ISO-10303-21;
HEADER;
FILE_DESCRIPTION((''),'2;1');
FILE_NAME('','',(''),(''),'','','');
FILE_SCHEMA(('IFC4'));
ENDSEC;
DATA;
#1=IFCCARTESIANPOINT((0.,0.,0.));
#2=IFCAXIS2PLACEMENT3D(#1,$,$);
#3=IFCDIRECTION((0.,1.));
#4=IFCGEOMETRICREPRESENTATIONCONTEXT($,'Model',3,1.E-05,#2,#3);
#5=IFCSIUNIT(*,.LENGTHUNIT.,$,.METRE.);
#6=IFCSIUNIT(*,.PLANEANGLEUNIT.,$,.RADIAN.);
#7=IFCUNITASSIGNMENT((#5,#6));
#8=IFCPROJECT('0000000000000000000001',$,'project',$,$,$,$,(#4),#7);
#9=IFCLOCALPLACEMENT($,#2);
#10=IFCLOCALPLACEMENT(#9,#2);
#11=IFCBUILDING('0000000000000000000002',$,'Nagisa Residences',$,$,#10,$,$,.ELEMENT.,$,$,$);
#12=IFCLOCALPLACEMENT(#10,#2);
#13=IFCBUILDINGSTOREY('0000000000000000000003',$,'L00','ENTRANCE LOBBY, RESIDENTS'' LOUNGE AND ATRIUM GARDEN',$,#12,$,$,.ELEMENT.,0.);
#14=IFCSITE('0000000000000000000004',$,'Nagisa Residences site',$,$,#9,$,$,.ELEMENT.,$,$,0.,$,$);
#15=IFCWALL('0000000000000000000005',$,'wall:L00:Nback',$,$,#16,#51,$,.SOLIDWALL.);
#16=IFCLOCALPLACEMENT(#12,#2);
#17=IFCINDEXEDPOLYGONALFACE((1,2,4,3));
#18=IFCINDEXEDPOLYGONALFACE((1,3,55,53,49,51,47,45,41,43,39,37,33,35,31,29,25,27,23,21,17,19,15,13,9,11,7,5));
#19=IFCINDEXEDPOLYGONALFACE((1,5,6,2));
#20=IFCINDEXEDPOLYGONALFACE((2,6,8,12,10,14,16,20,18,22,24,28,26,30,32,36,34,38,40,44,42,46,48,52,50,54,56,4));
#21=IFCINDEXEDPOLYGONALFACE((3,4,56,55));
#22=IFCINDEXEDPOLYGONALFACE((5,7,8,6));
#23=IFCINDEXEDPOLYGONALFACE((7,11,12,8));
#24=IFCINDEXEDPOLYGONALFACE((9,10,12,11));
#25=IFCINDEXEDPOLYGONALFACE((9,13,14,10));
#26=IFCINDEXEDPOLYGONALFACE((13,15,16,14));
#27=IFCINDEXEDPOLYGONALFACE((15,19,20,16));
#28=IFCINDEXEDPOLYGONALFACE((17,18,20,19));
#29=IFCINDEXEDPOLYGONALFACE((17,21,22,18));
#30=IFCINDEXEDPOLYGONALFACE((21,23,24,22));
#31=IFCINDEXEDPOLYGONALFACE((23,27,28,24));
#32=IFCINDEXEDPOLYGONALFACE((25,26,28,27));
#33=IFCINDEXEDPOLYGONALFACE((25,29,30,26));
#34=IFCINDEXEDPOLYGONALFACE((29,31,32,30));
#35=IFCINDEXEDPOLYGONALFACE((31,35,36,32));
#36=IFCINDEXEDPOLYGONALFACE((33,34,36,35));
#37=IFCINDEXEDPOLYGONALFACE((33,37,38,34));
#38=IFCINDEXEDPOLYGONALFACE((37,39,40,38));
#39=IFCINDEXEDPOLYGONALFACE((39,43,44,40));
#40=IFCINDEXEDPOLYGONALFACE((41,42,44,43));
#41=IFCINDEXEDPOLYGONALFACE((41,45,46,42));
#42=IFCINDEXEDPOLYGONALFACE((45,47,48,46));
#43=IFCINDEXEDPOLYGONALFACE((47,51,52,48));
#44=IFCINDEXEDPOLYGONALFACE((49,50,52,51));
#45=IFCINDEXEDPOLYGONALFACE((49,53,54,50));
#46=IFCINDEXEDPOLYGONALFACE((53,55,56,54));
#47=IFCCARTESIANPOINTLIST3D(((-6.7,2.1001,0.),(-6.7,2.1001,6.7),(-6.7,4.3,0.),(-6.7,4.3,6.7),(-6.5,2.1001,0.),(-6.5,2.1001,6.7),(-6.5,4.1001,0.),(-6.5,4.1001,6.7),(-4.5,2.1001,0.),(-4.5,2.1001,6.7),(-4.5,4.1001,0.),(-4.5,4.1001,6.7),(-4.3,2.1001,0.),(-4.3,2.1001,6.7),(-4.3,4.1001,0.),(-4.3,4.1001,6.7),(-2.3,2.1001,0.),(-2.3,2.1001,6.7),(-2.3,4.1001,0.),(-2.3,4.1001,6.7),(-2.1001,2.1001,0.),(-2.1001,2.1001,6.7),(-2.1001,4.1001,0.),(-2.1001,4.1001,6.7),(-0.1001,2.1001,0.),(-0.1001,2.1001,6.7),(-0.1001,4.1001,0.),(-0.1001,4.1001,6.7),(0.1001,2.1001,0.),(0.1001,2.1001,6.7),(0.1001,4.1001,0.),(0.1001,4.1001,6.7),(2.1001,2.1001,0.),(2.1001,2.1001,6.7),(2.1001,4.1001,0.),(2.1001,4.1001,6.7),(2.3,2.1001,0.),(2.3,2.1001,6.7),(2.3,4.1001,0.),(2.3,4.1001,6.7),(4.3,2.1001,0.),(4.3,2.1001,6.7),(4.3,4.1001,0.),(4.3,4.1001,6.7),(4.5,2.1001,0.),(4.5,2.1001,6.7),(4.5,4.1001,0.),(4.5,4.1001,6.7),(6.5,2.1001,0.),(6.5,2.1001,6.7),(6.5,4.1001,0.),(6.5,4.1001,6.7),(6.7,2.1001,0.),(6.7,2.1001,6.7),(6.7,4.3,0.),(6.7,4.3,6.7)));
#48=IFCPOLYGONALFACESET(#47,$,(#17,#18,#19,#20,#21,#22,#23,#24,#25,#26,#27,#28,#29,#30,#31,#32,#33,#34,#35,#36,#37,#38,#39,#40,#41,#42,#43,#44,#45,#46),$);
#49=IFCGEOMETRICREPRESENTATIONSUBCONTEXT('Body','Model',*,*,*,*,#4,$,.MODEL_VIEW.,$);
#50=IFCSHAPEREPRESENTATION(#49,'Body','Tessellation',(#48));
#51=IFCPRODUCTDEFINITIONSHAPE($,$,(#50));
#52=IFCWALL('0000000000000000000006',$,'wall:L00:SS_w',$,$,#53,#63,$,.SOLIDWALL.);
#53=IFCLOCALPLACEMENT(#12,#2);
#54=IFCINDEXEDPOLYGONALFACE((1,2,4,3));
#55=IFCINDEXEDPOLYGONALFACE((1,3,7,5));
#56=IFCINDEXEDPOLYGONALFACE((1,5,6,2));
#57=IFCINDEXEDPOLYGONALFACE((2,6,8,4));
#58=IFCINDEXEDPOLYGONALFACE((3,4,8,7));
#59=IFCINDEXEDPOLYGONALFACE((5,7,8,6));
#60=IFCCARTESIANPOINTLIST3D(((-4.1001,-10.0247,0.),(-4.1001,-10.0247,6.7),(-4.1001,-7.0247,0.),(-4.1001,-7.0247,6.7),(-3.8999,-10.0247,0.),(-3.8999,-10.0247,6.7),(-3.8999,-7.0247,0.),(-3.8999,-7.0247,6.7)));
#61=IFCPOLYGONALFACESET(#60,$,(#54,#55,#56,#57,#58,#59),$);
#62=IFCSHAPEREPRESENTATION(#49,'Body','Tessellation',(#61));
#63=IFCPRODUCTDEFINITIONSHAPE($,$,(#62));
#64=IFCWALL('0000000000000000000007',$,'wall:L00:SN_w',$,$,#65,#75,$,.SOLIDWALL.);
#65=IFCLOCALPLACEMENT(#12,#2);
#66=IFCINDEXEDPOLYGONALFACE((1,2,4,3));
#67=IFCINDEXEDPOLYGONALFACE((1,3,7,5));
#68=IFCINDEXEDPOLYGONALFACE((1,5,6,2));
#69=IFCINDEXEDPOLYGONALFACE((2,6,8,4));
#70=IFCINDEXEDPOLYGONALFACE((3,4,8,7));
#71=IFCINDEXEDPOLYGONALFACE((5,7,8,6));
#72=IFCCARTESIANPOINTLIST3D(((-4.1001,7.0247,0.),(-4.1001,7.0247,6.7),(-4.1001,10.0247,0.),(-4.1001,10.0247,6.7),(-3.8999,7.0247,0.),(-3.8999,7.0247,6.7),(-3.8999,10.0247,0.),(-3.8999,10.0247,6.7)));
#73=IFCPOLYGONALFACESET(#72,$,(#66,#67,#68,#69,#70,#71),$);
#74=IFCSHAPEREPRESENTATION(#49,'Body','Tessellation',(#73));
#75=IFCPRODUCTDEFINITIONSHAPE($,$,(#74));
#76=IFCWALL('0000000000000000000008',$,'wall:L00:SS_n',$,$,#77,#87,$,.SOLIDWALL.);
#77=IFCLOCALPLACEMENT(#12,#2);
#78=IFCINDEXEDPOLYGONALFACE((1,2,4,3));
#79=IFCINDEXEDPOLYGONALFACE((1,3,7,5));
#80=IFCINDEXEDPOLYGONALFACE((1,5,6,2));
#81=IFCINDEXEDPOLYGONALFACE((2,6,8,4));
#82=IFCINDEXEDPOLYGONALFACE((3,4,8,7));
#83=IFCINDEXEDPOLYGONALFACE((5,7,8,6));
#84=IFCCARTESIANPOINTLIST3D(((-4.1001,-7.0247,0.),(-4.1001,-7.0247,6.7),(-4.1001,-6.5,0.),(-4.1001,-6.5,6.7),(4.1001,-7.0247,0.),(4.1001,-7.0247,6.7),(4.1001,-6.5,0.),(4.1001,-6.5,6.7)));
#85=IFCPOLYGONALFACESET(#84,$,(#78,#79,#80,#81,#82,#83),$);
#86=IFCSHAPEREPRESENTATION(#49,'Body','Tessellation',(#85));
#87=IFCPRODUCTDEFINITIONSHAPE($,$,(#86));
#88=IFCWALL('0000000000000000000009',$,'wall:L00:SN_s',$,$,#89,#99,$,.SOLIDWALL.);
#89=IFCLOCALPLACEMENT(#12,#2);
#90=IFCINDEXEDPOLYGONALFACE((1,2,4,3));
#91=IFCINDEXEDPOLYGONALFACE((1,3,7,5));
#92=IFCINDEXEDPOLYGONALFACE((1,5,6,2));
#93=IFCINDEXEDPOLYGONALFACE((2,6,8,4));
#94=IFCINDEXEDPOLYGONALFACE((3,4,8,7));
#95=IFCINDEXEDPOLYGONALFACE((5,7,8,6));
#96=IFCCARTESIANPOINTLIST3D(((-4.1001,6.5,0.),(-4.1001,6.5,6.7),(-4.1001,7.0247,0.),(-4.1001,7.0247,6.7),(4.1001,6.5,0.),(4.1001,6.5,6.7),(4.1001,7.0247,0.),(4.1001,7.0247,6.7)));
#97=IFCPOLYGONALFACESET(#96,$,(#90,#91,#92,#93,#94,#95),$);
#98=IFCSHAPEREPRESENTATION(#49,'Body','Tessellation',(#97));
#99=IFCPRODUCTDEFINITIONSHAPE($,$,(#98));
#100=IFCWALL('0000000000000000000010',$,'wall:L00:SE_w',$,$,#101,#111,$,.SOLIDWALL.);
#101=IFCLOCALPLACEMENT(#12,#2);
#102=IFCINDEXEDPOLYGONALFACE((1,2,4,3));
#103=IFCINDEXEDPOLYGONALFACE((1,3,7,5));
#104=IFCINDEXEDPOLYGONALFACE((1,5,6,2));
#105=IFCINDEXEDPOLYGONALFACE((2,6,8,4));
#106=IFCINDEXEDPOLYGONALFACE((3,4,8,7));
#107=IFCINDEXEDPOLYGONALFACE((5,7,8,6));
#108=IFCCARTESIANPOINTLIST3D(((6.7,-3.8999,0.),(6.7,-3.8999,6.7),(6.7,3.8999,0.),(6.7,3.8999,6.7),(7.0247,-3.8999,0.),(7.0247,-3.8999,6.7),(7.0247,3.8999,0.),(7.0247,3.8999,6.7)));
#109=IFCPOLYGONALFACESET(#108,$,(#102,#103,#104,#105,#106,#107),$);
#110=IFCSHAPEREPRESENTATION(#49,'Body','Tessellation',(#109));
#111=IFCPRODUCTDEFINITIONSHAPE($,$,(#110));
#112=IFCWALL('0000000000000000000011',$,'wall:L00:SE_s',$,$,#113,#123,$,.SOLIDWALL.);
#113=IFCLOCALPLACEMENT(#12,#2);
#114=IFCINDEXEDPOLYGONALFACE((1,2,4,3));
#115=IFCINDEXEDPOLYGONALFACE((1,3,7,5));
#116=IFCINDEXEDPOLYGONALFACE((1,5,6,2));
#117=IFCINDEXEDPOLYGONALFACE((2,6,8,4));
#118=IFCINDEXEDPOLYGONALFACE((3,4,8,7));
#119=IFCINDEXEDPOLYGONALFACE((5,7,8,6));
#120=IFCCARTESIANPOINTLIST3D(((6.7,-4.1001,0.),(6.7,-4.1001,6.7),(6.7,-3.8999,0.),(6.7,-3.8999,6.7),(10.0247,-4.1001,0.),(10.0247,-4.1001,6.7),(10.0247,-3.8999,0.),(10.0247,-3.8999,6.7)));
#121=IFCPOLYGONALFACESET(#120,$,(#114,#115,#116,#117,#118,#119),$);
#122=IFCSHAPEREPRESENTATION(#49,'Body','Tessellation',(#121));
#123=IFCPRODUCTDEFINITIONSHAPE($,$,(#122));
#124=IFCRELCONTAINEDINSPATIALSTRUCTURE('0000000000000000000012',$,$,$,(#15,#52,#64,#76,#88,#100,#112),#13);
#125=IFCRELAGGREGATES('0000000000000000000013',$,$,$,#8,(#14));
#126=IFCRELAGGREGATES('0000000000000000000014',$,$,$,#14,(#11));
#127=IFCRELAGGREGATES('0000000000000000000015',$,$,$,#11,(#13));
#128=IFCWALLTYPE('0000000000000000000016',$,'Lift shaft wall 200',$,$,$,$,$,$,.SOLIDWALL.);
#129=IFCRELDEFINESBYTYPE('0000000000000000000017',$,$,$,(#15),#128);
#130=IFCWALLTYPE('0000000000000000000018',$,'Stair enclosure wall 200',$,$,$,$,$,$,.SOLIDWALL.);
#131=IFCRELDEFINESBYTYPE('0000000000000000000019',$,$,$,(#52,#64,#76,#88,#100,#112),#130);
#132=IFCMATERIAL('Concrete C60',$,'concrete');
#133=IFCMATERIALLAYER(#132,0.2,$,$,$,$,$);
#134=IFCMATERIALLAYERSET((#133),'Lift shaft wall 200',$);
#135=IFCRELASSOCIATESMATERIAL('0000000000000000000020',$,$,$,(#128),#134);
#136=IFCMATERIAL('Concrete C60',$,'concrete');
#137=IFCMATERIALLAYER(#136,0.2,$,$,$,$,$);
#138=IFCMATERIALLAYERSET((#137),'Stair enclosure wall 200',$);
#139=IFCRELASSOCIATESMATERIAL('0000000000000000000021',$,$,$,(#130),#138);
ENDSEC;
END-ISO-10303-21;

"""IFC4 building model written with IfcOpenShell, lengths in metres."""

from ifc_helpers import new_model, si_unit, direction, origin, place, context, subcontext, project, spatial, polyline, outline, extrude, material, layer, layer_set, type_object, element, save


model = new_model("IFC4")

# Units and contexts
model_context = context("Model", 3, precision=1e-05, world=origin(), true_north=direction((0.0, 1.0)))
body_context = subcontext(model_context, "Body", "Model", "MODEL_VIEW")
ifc_project = project(units=[si_unit("LENGTHUNIT", "METRE"), si_unit("PLANEANGLEUNIT", "RADIAN")], contexts=[model_context])

# Site, building, storey
site_placement = place(None, origin())
site = spatial("IfcSite", under=ifc_project, at=site_placement, Name="Nagisa Residences site", CompositionType="ELEMENT", RefElevation=0.0)
building_placement = place(site_placement, origin())
building = spatial("IfcBuilding", under=site, at=building_placement, Name="Nagisa Residences", CompositionType="ELEMENT")
storey_placement = place(building_placement, origin())
storey = spatial("IfcBuildingStorey", under=building, at=storey_placement, Name="L00", Description="ENTRANCE LOBBY, RESIDENTS' LOUNGE AND ATRIUM GARDEN", CompositionType="ELEMENT", Elevation=0.0)

# Walls
ifc_material_1 = material(Name="Concrete C60", Category="concrete")
ifc_layer_1 = layer(ifc_material_1, 0.2)
ifc_layer_set_1 = layer_set([ifc_layer_1], Name="Lift shaft wall 200")
wall_type_1 = type_object("IfcWallType", Name="Lift shaft wall 200", PredefinedType="SOLIDWALL", material=ifc_layer_set_1)
wall_1_placement = place(storey_placement, origin())
element("IfcWall", 1, at=wall_1_placement, inside=storey, type_object=wall_type_1, Name="wall:L00:Nback", PredefinedType="SOLIDWALL", context=body_context, shape_type="SweptSolid", body=[
    extrude(outline(polyline([(-6.5, 2.1001), (-6.7, 2.1001), (-6.7, 4.3), (6.7, 4.3), (6.7, 2.1001), (6.5, 2.1001), (6.5, 4.1001), (4.5, 4.1001), (4.5, 2.1001), (4.3, 2.1001), (4.3, 4.1001), (2.3, 4.1001), (2.3, 2.1001), (2.1001, 2.1001), (2.1001, 4.1001), (0.1001, 4.1001), (0.1001, 2.1001), (-0.1001, 2.1001), (-0.1001, 4.1001), (-2.1001, 4.1001), (-2.1001, 2.1001), (-2.3, 2.1001), (-2.3, 4.1001), (-4.3, 4.1001), (-4.3, 2.1001), (-4.5, 2.1001), (-4.5, 4.1001), (-6.5, 4.1001), (-6.5, 2.1001)])), origin(), (0.0, 0.0, 1.0), 6.7),
])
ifc_material_2 = material(Name="Concrete C60", Category="concrete")
ifc_layer_2 = layer(ifc_material_2, 0.2)
ifc_layer_set_2 = layer_set([ifc_layer_2], Name="Stair enclosure wall 200")
wall_type_2 = type_object("IfcWallType", Name="Stair enclosure wall 200", PredefinedType="SOLIDWALL", material=ifc_layer_set_2)
wall_2_placement = place(storey_placement, origin())
element("IfcWall", 2, at=wall_2_placement, inside=storey, type_object=wall_type_2, Name="wall:L00:SS_w", PredefinedType="SOLIDWALL", context=body_context, shape_type="SweptSolid", body=[
    extrude(outline(polyline([(-3.8999, -10.0247), (-4.1001, -10.0247), (-4.1001, -7.0247), (-3.8999, -7.0247), (-3.8999, -10.0247)])), origin(), (0.0, 0.0, 1.0), 6.7),
])
wall_3_placement = place(storey_placement, origin())
element("IfcWall", 3, at=wall_3_placement, inside=storey, type_object=wall_type_2, Name="wall:L00:SN_w", PredefinedType="SOLIDWALL", context=body_context, shape_type="SweptSolid", body=[
    extrude(outline(polyline([(-3.8999, 7.0247), (-4.1001, 7.0247), (-4.1001, 10.0247), (-3.8999, 10.0247), (-3.8999, 7.0247)])), origin(), (0.0, 0.0, 1.0), 6.7),
])
wall_4_placement = place(storey_placement, origin())
element("IfcWall", 4, at=wall_4_placement, inside=storey, type_object=wall_type_2, Name="wall:L00:SS_n", PredefinedType="SOLIDWALL", context=body_context, shape_type="SweptSolid", body=[
    extrude(outline(polyline([(4.1001, -7.0247), (-4.1001, -7.0247), (-4.1001, -6.5), (4.1001, -6.5), (4.1001, -7.0247)])), origin(), (0.0, 0.0, 1.0), 6.7),
])
wall_5_placement = place(storey_placement, origin())
element("IfcWall", 5, at=wall_5_placement, inside=storey, type_object=wall_type_2, Name="wall:L00:SN_s", PredefinedType="SOLIDWALL", context=body_context, shape_type="SweptSolid", body=[
    extrude(outline(polyline([(4.1001, 6.5), (-4.1001, 6.5), (-4.1001, 7.0247), (4.1001, 7.0247), (4.1001, 6.5)])), origin(), (0.0, 0.0, 1.0), 6.7),
])
wall_6_placement = place(storey_placement, origin())
element("IfcWall", 6, at=wall_6_placement, inside=storey, type_object=wall_type_2, Name="wall:L00:SE_w", PredefinedType="SOLIDWALL", context=body_context, shape_type="SweptSolid", body=[
    extrude(outline(polyline([(7.0247, -3.8999), (6.7, -3.8999), (6.7, 3.8999), (7.0247, 3.8999), (7.0247, -3.8999)])), origin(), (0.0, 0.0, 1.0), 6.7),
])
wall_7_placement = place(storey_placement, origin())
element("IfcWall", 7, at=wall_7_placement, inside=storey, type_object=wall_type_2, Name="wall:L00:SE_s", PredefinedType="SOLIDWALL", context=body_context, shape_type="SweptSolid", body=[
    extrude(outline(polyline([(10.0247, -4.1001), (6.7, -4.1001), (6.7, -3.8999), (10.0247, -3.8999), (10.0247, -4.1001)])), origin(), (0.0, 0.0, 1.0), 6.7),
])

save(model, "model.ifc")
